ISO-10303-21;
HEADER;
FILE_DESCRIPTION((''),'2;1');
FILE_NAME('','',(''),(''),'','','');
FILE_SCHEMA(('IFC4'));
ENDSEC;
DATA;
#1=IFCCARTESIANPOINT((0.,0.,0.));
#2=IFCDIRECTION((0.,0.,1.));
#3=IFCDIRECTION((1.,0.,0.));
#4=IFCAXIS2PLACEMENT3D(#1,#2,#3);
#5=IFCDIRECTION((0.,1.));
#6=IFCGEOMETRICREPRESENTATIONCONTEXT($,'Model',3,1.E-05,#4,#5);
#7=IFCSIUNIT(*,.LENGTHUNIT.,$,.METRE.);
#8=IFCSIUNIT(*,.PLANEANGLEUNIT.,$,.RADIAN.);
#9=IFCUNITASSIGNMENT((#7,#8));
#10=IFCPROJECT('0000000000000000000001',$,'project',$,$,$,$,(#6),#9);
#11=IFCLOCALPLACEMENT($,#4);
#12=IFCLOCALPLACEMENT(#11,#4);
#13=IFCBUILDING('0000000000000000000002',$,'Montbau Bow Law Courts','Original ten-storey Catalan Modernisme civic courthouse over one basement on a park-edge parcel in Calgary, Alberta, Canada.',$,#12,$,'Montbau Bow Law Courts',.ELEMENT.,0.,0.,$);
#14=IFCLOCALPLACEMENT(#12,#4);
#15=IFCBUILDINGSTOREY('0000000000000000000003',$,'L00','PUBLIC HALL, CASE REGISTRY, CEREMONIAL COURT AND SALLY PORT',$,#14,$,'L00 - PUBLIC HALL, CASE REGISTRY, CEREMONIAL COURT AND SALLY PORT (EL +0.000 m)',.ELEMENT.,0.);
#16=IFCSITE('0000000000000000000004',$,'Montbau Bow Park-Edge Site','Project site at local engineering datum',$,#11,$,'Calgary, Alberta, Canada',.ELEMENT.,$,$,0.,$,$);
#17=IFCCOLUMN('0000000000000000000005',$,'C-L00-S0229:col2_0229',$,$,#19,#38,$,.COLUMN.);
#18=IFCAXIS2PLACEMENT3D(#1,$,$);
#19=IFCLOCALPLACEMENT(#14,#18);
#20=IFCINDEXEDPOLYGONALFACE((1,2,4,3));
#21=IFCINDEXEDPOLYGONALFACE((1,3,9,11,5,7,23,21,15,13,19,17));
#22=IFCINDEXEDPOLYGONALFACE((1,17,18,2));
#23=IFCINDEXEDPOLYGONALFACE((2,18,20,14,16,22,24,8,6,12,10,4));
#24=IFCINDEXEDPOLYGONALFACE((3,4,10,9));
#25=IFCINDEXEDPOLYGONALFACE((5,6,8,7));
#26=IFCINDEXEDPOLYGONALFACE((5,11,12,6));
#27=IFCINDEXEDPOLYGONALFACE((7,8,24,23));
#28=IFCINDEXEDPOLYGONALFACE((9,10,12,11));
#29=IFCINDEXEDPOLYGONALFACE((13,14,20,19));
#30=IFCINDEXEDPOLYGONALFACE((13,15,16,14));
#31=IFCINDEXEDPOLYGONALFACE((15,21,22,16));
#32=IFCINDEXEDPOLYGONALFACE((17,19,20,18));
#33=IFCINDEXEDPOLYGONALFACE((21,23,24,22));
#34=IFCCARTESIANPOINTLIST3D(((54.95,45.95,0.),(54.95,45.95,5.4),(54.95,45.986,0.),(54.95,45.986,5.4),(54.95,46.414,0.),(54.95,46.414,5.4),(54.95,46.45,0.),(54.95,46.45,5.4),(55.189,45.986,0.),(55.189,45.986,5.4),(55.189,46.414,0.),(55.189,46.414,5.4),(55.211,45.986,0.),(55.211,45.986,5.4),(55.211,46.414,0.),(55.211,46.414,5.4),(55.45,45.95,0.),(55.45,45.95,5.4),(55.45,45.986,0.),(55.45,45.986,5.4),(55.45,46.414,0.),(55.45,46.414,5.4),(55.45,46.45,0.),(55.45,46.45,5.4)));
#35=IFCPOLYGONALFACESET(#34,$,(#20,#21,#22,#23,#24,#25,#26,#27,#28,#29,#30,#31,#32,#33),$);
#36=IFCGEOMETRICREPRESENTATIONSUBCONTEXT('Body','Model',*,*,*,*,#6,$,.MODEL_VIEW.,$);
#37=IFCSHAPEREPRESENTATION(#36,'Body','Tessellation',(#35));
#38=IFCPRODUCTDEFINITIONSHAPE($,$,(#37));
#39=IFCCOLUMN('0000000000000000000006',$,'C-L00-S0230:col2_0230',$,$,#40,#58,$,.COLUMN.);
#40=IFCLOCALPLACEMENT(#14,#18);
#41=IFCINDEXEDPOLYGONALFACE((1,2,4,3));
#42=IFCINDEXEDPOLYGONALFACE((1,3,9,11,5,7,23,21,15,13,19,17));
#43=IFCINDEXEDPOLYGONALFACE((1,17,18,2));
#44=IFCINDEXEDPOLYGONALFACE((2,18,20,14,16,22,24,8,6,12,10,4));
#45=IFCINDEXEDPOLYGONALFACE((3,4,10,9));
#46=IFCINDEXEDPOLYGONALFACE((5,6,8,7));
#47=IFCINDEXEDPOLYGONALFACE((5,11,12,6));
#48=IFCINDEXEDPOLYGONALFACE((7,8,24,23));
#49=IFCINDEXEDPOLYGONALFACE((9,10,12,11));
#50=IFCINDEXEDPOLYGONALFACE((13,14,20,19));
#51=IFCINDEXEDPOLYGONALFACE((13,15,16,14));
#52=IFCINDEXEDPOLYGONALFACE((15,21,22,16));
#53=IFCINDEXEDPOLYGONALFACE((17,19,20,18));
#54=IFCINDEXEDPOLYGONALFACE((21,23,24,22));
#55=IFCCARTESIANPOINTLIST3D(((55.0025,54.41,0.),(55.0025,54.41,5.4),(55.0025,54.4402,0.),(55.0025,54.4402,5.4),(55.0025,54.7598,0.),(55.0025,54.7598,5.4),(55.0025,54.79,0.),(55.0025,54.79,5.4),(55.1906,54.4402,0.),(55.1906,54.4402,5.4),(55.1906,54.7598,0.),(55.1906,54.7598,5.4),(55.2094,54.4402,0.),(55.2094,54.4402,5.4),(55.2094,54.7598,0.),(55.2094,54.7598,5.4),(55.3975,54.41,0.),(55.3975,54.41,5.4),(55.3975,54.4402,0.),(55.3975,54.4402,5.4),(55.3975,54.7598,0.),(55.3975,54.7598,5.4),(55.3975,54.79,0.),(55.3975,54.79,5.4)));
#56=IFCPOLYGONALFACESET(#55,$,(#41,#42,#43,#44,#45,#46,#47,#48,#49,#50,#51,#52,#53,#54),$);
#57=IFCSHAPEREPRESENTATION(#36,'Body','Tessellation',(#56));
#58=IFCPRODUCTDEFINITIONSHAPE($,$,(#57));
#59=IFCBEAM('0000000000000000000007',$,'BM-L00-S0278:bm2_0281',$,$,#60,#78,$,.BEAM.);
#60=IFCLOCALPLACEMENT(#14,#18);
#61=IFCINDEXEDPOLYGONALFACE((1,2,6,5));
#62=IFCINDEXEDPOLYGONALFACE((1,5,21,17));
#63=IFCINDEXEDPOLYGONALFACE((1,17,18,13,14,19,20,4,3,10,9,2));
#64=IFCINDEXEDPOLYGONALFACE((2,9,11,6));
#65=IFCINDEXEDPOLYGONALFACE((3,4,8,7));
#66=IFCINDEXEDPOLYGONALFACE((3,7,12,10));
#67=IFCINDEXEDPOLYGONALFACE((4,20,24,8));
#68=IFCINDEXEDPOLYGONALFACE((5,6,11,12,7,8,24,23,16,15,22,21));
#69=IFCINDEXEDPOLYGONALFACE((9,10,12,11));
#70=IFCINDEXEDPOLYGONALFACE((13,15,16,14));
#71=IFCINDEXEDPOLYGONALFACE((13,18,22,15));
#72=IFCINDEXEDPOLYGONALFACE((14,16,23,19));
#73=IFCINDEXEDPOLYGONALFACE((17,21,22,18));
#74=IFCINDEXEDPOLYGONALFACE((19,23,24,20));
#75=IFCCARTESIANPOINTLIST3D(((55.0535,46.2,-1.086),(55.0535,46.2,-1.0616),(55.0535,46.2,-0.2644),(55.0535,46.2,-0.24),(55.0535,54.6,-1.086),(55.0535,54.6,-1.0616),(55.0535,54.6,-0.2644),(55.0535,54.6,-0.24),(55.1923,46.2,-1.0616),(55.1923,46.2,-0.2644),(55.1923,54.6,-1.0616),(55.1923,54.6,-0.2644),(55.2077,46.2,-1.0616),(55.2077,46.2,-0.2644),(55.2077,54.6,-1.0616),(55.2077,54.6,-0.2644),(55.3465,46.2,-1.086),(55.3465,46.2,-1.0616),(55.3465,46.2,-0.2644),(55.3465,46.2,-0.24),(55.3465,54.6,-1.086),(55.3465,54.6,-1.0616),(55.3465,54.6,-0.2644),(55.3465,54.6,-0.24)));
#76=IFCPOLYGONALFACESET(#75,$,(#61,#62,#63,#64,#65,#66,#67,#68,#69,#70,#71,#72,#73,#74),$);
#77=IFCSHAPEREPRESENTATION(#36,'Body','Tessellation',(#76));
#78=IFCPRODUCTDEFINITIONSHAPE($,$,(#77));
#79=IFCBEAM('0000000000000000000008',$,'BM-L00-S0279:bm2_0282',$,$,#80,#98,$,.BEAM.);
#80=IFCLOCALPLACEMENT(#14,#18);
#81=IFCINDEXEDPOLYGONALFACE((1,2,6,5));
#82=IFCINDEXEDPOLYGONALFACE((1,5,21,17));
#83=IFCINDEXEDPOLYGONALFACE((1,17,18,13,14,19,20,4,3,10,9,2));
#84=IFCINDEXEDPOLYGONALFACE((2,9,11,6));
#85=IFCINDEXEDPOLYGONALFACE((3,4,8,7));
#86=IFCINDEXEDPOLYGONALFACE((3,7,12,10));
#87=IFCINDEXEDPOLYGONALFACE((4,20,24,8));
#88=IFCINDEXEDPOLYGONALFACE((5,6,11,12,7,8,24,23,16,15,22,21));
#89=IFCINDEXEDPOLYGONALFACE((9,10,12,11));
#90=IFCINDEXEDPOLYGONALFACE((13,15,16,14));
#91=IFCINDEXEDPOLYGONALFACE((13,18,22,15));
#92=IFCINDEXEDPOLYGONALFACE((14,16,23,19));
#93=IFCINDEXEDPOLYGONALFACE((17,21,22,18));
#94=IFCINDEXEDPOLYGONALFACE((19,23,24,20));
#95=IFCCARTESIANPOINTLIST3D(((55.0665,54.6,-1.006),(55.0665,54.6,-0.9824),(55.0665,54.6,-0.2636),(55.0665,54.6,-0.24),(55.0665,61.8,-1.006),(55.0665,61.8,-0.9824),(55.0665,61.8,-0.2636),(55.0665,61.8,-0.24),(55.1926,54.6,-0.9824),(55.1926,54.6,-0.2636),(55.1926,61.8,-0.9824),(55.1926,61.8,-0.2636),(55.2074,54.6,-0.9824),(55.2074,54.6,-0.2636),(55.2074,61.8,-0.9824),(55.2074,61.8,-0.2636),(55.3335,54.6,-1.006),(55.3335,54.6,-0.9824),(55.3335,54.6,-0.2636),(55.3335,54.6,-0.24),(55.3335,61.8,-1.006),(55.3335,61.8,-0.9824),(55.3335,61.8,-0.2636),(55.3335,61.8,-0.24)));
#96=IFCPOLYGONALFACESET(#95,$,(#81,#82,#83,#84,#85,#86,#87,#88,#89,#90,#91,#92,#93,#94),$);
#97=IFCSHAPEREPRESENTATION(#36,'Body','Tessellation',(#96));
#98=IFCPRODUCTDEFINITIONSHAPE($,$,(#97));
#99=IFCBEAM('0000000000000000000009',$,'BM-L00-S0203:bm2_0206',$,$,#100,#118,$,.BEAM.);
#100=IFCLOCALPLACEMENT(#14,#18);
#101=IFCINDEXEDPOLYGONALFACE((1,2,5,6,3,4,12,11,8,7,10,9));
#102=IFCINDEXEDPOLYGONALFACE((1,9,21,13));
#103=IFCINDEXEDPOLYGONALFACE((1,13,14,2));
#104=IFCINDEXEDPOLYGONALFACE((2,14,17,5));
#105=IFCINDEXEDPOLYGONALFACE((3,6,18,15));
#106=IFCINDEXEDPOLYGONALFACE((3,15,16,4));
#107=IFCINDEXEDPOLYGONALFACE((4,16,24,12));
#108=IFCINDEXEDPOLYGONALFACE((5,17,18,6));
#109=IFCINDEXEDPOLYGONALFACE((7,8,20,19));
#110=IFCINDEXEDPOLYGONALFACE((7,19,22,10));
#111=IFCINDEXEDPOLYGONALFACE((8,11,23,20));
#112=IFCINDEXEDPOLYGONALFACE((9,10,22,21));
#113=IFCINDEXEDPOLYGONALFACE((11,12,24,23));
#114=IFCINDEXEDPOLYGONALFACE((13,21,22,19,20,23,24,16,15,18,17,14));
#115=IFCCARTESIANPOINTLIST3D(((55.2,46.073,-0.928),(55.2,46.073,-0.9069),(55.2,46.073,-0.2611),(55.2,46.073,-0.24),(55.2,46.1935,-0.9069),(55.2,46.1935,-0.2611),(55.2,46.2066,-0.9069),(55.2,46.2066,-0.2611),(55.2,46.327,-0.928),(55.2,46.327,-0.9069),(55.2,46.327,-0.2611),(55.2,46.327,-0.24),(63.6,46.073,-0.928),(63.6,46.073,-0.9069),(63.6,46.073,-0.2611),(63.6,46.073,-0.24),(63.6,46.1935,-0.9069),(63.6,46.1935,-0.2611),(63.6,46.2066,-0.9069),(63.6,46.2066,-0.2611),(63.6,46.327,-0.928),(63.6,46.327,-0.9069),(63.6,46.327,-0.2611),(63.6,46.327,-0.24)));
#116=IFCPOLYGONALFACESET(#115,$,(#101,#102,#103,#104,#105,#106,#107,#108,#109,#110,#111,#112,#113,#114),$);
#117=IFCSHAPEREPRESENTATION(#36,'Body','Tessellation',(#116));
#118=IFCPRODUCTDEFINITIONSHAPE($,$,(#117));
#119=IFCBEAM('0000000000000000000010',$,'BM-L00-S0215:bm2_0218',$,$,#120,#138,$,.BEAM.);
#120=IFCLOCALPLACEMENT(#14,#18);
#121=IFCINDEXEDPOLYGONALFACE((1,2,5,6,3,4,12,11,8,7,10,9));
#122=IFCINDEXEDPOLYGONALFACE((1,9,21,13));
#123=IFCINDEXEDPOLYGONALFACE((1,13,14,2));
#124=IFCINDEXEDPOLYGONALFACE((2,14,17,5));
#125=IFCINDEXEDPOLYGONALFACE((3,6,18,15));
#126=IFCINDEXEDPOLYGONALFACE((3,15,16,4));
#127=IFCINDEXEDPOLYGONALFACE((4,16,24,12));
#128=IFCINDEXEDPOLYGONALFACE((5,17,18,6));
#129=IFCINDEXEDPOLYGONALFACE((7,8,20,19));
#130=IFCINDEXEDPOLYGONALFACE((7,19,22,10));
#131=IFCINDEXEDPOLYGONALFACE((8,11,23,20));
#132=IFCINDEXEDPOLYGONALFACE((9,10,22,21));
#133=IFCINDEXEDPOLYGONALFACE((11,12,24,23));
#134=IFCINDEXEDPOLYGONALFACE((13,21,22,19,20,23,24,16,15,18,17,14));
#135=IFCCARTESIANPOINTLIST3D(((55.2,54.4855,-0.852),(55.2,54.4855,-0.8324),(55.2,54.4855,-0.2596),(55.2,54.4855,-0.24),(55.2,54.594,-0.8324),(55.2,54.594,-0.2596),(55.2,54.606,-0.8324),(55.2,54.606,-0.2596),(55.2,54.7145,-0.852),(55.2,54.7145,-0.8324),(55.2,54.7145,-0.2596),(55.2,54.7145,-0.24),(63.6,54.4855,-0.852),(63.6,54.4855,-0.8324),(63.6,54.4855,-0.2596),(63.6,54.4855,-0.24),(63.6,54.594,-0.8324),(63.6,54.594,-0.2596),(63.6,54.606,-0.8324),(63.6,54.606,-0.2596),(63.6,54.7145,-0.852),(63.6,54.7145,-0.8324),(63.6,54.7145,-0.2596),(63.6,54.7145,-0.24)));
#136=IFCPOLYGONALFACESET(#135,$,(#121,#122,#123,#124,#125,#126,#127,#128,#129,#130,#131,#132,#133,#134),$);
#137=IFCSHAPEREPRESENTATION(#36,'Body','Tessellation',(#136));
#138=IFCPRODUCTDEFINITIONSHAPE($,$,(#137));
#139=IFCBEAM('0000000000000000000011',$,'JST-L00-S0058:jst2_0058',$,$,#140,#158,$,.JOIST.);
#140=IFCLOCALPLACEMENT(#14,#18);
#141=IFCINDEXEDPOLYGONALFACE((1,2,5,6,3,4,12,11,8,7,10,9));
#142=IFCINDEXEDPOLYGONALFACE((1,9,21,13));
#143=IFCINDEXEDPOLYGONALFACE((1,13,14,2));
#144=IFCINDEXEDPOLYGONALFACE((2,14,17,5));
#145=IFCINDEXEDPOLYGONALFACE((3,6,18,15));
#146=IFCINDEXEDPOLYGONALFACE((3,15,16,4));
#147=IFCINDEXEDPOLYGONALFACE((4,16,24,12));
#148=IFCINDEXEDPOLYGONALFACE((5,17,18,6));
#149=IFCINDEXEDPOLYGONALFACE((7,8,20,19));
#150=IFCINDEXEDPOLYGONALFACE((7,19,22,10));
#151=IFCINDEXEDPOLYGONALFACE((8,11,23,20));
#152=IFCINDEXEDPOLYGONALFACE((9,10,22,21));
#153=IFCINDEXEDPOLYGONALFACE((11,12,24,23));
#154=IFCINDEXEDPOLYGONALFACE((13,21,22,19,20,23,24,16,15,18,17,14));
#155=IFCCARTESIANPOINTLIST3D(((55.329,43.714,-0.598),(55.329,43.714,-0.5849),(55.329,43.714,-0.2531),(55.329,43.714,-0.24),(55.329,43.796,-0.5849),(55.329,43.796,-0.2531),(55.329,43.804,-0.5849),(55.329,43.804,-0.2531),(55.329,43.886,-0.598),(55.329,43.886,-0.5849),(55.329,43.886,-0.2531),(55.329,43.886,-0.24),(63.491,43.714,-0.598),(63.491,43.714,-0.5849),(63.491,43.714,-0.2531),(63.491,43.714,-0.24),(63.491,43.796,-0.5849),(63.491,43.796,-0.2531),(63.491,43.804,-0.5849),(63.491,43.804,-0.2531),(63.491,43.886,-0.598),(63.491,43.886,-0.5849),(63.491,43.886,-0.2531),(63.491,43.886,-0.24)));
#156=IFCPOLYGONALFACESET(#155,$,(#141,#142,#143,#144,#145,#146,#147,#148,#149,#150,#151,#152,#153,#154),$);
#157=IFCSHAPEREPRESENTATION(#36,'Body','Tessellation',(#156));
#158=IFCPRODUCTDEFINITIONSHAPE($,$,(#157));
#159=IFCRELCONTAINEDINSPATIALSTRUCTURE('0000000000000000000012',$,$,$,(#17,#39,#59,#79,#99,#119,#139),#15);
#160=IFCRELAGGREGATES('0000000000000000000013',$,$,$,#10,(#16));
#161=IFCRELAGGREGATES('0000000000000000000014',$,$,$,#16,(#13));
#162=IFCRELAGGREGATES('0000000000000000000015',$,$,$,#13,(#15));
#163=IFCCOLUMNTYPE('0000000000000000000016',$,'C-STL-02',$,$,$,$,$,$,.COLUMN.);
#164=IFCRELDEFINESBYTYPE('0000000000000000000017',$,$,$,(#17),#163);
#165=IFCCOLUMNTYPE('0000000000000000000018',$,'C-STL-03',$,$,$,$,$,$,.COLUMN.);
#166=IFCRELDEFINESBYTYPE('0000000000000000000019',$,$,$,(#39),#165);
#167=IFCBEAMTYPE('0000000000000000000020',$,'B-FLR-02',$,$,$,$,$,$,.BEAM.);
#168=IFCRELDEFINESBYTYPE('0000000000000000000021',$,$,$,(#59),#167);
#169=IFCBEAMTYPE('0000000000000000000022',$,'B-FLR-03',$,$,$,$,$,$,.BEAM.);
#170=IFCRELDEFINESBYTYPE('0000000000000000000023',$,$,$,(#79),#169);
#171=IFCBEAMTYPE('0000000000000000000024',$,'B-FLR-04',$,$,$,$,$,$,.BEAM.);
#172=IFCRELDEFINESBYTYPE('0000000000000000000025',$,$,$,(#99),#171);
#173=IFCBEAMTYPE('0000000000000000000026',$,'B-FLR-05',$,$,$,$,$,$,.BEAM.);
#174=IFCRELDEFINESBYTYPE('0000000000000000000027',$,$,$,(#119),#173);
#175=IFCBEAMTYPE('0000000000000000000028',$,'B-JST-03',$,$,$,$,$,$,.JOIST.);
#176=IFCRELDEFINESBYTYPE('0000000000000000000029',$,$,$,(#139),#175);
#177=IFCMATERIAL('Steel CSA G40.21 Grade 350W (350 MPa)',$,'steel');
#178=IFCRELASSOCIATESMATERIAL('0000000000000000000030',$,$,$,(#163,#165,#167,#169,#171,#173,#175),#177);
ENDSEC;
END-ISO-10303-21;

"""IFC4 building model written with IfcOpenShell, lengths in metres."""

from ifc_helpers import new_model, si_unit, direction, frame, origin_with_axes, origin_2d_with_axis, place, context, subcontext, project, spatial, i_section, extrude, material, material_profile, profile_set, type_object, element, save


model = new_model("IFC4")

# Units and contexts
model_context = context("Model", 3, precision=1e-05, world=origin_with_axes(), true_north=direction((0.0, 1.0)))
body_context = subcontext(model_context, "Body", "Model", "MODEL_VIEW")
ifc_project = project(units=[si_unit("LENGTHUNIT", "METRE"), si_unit("PLANEANGLEUNIT", "RADIAN")], contexts=[model_context])

# Site, building, storey
site_placement = place(None, origin_with_axes())
site = spatial("IfcSite", under=ifc_project, at=site_placement, Name="Montbau Bow Park-Edge Site", Description="Project site at local engineering datum", LongName="Calgary, Alberta, Canada", CompositionType="ELEMENT", RefElevation=0.0)
building_placement = place(site_placement, origin_with_axes())
building = spatial("IfcBuilding", under=site, at=building_placement, Name="Montbau Bow Law Courts", Description="Original ten-storey Catalan Modernisme civic courthouse over one basement on a park-edge parcel in Calgary, Alberta, Canada.", LongName="Montbau Bow Law Courts", CompositionType="ELEMENT", ElevationOfRefHeight=0.0, ElevationOfTerrain=0.0)
storey_placement = place(building_placement, origin_with_axes())
storey = spatial("IfcBuildingStorey", under=building, at=storey_placement, Name="L00", Description="PUBLIC HALL, CASE REGISTRY, CEREMONIAL COURT AND SALLY PORT", LongName="L00 - PUBLIC HALL, CASE REGISTRY, CEREMONIAL COURT AND SALLY PORT (EL +0.000 m)", CompositionType="ELEMENT", Elevation=0.0)

# Columns
ifc_material_1 = material(Name="Steel CSA G40.21 Grade 350W (350 MPa)", Category="steel")
ifc_material_profile_1 = material_profile(ifc_material_1, i_section(OverallWidth=0.5, OverallDepth=0.5, WebThickness=0.022, FlangeThickness=0.036, at=origin_2d_with_axis()), Name="WWF500X343", Category="Main", Priority=0)
ifc_profile_set_1 = profile_set([ifc_material_profile_1], Name="Steel CSA G40.21 Grade 350W (350 MPa)")
column_type_1 = type_object("IfcColumnType", Name="C-STL-02", PredefinedType="COLUMN", material=ifc_profile_set_1)
column_1_placement = place(None, frame((55.2, 46.2, 0.0), z_axis=(0.0, 0.0, 1.0), x_axis=(1.0, 0.0, 0.0)))
element("IfcColumn", 1, at=column_1_placement, inside=storey, type_object=column_type_1, Name="C-L00-S0229:col2_0229", PredefinedType="COLUMN", context=body_context, shape_type="SweptSolid", body=[
    extrude(i_section(OverallWidth=0.5, OverallDepth=0.5, WebThickness=0.022, FlangeThickness=0.036, at=origin_2d_with_axis()), origin_with_axes(), (0.0, 0.0, 1.0), 5.4),
])
ifc_material_profile_2 = material_profile(ifc_material_1, i_section(OverallWidth=0.395, OverallDepth=0.38, WebThickness=0.0189, FlangeThickness=0.0302, at=origin_2d_with_axis()), Name="W360X237", Category="Main", Priority=0)
ifc_profile_set_2 = profile_set([ifc_material_profile_2], Name="Steel CSA G40.21 Grade 350W (350 MPa)")
column_type_2 = type_object("IfcColumnType", Name="C-STL-03", PredefinedType="COLUMN", material=ifc_profile_set_2)
column_2_placement = place(None, frame((55.2, 54.6, 0.0), z_axis=(0.0, 0.0, 1.0), x_axis=(1.0, 0.0, 0.0)))
element("IfcColumn", 2, at=column_2_placement, inside=storey, type_object=column_type_2, Name="C-L00-S0230:col2_0230", PredefinedType="COLUMN", context=body_context, shape_type="SweptSolid", body=[
    extrude(i_section(OverallWidth=0.395, OverallDepth=0.38, WebThickness=0.0189, FlangeThickness=0.0302, at=origin_2d_with_axis()), origin_with_axes(), (0.0, 0.0, 1.0), 5.4),
])

# Beams
ifc_material_profile_3 = material_profile(ifc_material_1, i_section(OverallWidth=0.293, OverallDepth=0.846, WebThickness=0.0154, FlangeThickness=0.0244, at=origin_2d_with_axis()), Name="W840X210", Category="Main", Priority=0)
ifc_profile_set_3 = profile_set([ifc_material_profile_3], Name="Steel CSA G40.21 Grade 350W (350 MPa)")
beam_type_1 = type_object("IfcBeamType", Name="B-FLR-02", PredefinedType="BEAM", material=ifc_profile_set_3)
beam_1_placement = place(None, frame((55.2, 46.2, -0.663), z_axis=(0.0, 1.0, 0.0), x_axis=(-1.0, 0.0, 0.0)))
element("IfcBeam", 3, at=beam_1_placement, inside=storey, type_object=beam_type_1, Name="BM-L00-S0278:bm2_0281", PredefinedType="BEAM", context=body_context, shape_type="SweptSolid", body=[
    extrude(i_section(OverallWidth=0.293, OverallDepth=0.846, WebThickness=0.0154, FlangeThickness=0.0244, at=origin_2d_with_axis()), origin_with_axes(), (0.0, 0.0, 1.0), 8.4),
])
ifc_material_profile_4 = material_profile(ifc_material_1, i_section(OverallWidth=0.267, OverallDepth=0.766, WebThickness=0.0149, FlangeThickness=0.0236, at=origin_2d_with_axis()), Name="W760X185", Category="Main", Priority=0)
ifc_profile_set_4 = profile_set([ifc_material_profile_4], Name="Steel CSA G40.21 Grade 350W (350 MPa)")
beam_type_2 = type_object("IfcBeamType", Name="B-FLR-03", PredefinedType="BEAM", material=ifc_profile_set_4)
beam_2_placement = place(None, frame((55.2, 54.6, -0.623), z_axis=(0.0, 1.0, 0.0), x_axis=(-1.0, 0.0, 0.0)))
element("IfcBeam", 4, at=beam_2_placement, inside=storey, type_object=beam_type_2, Name="BM-L00-S0279:bm2_0282", PredefinedType="BEAM", context=body_context, shape_type="SweptSolid", body=[
    extrude(i_section(OverallWidth=0.267, OverallDepth=0.766, WebThickness=0.0149, FlangeThickness=0.0236, at=origin_2d_with_axis()), origin_with_axes(), (0.0, 0.0, 1.0), 7.2),
])
ifc_material_profile_5 = material_profile(ifc_material_1, i_section(OverallWidth=0.254, OverallDepth=0.688, WebThickness=0.0131, FlangeThickness=0.0211, at=origin_2d_with_axis()), Name="W690X152", Category="Main", Priority=0)
ifc_profile_set_5 = profile_set([ifc_material_profile_5], Name="Steel CSA G40.21 Grade 350W (350 MPa)")
beam_type_3 = type_object("IfcBeamType", Name="B-FLR-04", PredefinedType="BEAM", material=ifc_profile_set_5)
beam_3_placement = place(None, frame((55.2, 46.2, -0.584), z_axis=(1.0, 0.0, 0.0), x_axis=(0.0, 1.0, 0.0)))
element("IfcBeam", 5, at=beam_3_placement, inside=storey, type_object=beam_type_3, Name="BM-L00-S0203:bm2_0206", PredefinedType="BEAM", context=body_context, shape_type="SweptSolid", body=[
    extrude(i_section(OverallWidth=0.254, OverallDepth=0.688, WebThickness=0.0131, FlangeThickness=0.0211, at=origin_2d_with_axis()), origin_with_axes(), (0.0, 0.0, 1.0), 8.4),
])
ifc_material_profile_6 = material_profile(ifc_material_1, i_section(OverallWidth=0.229, OverallDepth=0.612, WebThickness=0.0119, FlangeThickness=0.0196, at=origin_2d_with_axis()), Name="W610X125", Category="Main", Priority=0)
ifc_profile_set_6 = profile_set([ifc_material_profile_6], Name="Steel CSA G40.21 Grade 350W (350 MPa)")
beam_type_4 = type_object("IfcBeamType", Name="B-FLR-05", PredefinedType="BEAM", material=ifc_profile_set_6)
beam_4_placement = place(None, frame((55.2, 54.6, -0.546), z_axis=(1.0, 0.0, 0.0), x_axis=(0.0, 1.0, 0.0)))
element("IfcBeam", 6, at=beam_4_placement, inside=storey, type_object=beam_type_4, Name="BM-L00-S0215:bm2_0218", PredefinedType="BEAM", context=body_context, shape_type="SweptSolid", body=[
    extrude(i_section(OverallWidth=0.229, OverallDepth=0.612, WebThickness=0.0119, FlangeThickness=0.0196, at=origin_2d_with_axis()), origin_with_axes(), (0.0, 0.0, 1.0), 8.4),
])
ifc_material_profile_7 = material_profile(ifc_material_1, i_section(OverallWidth=0.172, OverallDepth=0.358, WebThickness=0.0079, FlangeThickness=0.0131, at=origin_2d_with_axis()), Name="W360X57", Category="Main", Priority=0)
ifc_profile_set_7 = profile_set([ifc_material_profile_7], Name="Steel CSA G40.21 Grade 350W (350 MPa)")
beam_type_5 = type_object("IfcBeamType", Name="B-JST-03", PredefinedType="JOIST", material=ifc_profile_set_7)
beam_5_placement = place(None, frame((55.329, 43.8, -0.419), z_axis=(1.0, 0.0, 0.0), x_axis=(0.0, 1.0, 0.0)))
element("IfcBeam", 7, at=beam_5_placement, inside=storey, type_object=beam_type_5, Name="JST-L00-S0058:jst2_0058", PredefinedType="JOIST", context=body_context, shape_type="SweptSolid", body=[
    extrude(i_section(OverallWidth=0.172, OverallDepth=0.358, WebThickness=0.0079, FlangeThickness=0.0131, at=origin_2d_with_axis()), origin_with_axes(), (0.0, 0.0, 1.0), 8.162),
])

save(model, "model.ifc")
